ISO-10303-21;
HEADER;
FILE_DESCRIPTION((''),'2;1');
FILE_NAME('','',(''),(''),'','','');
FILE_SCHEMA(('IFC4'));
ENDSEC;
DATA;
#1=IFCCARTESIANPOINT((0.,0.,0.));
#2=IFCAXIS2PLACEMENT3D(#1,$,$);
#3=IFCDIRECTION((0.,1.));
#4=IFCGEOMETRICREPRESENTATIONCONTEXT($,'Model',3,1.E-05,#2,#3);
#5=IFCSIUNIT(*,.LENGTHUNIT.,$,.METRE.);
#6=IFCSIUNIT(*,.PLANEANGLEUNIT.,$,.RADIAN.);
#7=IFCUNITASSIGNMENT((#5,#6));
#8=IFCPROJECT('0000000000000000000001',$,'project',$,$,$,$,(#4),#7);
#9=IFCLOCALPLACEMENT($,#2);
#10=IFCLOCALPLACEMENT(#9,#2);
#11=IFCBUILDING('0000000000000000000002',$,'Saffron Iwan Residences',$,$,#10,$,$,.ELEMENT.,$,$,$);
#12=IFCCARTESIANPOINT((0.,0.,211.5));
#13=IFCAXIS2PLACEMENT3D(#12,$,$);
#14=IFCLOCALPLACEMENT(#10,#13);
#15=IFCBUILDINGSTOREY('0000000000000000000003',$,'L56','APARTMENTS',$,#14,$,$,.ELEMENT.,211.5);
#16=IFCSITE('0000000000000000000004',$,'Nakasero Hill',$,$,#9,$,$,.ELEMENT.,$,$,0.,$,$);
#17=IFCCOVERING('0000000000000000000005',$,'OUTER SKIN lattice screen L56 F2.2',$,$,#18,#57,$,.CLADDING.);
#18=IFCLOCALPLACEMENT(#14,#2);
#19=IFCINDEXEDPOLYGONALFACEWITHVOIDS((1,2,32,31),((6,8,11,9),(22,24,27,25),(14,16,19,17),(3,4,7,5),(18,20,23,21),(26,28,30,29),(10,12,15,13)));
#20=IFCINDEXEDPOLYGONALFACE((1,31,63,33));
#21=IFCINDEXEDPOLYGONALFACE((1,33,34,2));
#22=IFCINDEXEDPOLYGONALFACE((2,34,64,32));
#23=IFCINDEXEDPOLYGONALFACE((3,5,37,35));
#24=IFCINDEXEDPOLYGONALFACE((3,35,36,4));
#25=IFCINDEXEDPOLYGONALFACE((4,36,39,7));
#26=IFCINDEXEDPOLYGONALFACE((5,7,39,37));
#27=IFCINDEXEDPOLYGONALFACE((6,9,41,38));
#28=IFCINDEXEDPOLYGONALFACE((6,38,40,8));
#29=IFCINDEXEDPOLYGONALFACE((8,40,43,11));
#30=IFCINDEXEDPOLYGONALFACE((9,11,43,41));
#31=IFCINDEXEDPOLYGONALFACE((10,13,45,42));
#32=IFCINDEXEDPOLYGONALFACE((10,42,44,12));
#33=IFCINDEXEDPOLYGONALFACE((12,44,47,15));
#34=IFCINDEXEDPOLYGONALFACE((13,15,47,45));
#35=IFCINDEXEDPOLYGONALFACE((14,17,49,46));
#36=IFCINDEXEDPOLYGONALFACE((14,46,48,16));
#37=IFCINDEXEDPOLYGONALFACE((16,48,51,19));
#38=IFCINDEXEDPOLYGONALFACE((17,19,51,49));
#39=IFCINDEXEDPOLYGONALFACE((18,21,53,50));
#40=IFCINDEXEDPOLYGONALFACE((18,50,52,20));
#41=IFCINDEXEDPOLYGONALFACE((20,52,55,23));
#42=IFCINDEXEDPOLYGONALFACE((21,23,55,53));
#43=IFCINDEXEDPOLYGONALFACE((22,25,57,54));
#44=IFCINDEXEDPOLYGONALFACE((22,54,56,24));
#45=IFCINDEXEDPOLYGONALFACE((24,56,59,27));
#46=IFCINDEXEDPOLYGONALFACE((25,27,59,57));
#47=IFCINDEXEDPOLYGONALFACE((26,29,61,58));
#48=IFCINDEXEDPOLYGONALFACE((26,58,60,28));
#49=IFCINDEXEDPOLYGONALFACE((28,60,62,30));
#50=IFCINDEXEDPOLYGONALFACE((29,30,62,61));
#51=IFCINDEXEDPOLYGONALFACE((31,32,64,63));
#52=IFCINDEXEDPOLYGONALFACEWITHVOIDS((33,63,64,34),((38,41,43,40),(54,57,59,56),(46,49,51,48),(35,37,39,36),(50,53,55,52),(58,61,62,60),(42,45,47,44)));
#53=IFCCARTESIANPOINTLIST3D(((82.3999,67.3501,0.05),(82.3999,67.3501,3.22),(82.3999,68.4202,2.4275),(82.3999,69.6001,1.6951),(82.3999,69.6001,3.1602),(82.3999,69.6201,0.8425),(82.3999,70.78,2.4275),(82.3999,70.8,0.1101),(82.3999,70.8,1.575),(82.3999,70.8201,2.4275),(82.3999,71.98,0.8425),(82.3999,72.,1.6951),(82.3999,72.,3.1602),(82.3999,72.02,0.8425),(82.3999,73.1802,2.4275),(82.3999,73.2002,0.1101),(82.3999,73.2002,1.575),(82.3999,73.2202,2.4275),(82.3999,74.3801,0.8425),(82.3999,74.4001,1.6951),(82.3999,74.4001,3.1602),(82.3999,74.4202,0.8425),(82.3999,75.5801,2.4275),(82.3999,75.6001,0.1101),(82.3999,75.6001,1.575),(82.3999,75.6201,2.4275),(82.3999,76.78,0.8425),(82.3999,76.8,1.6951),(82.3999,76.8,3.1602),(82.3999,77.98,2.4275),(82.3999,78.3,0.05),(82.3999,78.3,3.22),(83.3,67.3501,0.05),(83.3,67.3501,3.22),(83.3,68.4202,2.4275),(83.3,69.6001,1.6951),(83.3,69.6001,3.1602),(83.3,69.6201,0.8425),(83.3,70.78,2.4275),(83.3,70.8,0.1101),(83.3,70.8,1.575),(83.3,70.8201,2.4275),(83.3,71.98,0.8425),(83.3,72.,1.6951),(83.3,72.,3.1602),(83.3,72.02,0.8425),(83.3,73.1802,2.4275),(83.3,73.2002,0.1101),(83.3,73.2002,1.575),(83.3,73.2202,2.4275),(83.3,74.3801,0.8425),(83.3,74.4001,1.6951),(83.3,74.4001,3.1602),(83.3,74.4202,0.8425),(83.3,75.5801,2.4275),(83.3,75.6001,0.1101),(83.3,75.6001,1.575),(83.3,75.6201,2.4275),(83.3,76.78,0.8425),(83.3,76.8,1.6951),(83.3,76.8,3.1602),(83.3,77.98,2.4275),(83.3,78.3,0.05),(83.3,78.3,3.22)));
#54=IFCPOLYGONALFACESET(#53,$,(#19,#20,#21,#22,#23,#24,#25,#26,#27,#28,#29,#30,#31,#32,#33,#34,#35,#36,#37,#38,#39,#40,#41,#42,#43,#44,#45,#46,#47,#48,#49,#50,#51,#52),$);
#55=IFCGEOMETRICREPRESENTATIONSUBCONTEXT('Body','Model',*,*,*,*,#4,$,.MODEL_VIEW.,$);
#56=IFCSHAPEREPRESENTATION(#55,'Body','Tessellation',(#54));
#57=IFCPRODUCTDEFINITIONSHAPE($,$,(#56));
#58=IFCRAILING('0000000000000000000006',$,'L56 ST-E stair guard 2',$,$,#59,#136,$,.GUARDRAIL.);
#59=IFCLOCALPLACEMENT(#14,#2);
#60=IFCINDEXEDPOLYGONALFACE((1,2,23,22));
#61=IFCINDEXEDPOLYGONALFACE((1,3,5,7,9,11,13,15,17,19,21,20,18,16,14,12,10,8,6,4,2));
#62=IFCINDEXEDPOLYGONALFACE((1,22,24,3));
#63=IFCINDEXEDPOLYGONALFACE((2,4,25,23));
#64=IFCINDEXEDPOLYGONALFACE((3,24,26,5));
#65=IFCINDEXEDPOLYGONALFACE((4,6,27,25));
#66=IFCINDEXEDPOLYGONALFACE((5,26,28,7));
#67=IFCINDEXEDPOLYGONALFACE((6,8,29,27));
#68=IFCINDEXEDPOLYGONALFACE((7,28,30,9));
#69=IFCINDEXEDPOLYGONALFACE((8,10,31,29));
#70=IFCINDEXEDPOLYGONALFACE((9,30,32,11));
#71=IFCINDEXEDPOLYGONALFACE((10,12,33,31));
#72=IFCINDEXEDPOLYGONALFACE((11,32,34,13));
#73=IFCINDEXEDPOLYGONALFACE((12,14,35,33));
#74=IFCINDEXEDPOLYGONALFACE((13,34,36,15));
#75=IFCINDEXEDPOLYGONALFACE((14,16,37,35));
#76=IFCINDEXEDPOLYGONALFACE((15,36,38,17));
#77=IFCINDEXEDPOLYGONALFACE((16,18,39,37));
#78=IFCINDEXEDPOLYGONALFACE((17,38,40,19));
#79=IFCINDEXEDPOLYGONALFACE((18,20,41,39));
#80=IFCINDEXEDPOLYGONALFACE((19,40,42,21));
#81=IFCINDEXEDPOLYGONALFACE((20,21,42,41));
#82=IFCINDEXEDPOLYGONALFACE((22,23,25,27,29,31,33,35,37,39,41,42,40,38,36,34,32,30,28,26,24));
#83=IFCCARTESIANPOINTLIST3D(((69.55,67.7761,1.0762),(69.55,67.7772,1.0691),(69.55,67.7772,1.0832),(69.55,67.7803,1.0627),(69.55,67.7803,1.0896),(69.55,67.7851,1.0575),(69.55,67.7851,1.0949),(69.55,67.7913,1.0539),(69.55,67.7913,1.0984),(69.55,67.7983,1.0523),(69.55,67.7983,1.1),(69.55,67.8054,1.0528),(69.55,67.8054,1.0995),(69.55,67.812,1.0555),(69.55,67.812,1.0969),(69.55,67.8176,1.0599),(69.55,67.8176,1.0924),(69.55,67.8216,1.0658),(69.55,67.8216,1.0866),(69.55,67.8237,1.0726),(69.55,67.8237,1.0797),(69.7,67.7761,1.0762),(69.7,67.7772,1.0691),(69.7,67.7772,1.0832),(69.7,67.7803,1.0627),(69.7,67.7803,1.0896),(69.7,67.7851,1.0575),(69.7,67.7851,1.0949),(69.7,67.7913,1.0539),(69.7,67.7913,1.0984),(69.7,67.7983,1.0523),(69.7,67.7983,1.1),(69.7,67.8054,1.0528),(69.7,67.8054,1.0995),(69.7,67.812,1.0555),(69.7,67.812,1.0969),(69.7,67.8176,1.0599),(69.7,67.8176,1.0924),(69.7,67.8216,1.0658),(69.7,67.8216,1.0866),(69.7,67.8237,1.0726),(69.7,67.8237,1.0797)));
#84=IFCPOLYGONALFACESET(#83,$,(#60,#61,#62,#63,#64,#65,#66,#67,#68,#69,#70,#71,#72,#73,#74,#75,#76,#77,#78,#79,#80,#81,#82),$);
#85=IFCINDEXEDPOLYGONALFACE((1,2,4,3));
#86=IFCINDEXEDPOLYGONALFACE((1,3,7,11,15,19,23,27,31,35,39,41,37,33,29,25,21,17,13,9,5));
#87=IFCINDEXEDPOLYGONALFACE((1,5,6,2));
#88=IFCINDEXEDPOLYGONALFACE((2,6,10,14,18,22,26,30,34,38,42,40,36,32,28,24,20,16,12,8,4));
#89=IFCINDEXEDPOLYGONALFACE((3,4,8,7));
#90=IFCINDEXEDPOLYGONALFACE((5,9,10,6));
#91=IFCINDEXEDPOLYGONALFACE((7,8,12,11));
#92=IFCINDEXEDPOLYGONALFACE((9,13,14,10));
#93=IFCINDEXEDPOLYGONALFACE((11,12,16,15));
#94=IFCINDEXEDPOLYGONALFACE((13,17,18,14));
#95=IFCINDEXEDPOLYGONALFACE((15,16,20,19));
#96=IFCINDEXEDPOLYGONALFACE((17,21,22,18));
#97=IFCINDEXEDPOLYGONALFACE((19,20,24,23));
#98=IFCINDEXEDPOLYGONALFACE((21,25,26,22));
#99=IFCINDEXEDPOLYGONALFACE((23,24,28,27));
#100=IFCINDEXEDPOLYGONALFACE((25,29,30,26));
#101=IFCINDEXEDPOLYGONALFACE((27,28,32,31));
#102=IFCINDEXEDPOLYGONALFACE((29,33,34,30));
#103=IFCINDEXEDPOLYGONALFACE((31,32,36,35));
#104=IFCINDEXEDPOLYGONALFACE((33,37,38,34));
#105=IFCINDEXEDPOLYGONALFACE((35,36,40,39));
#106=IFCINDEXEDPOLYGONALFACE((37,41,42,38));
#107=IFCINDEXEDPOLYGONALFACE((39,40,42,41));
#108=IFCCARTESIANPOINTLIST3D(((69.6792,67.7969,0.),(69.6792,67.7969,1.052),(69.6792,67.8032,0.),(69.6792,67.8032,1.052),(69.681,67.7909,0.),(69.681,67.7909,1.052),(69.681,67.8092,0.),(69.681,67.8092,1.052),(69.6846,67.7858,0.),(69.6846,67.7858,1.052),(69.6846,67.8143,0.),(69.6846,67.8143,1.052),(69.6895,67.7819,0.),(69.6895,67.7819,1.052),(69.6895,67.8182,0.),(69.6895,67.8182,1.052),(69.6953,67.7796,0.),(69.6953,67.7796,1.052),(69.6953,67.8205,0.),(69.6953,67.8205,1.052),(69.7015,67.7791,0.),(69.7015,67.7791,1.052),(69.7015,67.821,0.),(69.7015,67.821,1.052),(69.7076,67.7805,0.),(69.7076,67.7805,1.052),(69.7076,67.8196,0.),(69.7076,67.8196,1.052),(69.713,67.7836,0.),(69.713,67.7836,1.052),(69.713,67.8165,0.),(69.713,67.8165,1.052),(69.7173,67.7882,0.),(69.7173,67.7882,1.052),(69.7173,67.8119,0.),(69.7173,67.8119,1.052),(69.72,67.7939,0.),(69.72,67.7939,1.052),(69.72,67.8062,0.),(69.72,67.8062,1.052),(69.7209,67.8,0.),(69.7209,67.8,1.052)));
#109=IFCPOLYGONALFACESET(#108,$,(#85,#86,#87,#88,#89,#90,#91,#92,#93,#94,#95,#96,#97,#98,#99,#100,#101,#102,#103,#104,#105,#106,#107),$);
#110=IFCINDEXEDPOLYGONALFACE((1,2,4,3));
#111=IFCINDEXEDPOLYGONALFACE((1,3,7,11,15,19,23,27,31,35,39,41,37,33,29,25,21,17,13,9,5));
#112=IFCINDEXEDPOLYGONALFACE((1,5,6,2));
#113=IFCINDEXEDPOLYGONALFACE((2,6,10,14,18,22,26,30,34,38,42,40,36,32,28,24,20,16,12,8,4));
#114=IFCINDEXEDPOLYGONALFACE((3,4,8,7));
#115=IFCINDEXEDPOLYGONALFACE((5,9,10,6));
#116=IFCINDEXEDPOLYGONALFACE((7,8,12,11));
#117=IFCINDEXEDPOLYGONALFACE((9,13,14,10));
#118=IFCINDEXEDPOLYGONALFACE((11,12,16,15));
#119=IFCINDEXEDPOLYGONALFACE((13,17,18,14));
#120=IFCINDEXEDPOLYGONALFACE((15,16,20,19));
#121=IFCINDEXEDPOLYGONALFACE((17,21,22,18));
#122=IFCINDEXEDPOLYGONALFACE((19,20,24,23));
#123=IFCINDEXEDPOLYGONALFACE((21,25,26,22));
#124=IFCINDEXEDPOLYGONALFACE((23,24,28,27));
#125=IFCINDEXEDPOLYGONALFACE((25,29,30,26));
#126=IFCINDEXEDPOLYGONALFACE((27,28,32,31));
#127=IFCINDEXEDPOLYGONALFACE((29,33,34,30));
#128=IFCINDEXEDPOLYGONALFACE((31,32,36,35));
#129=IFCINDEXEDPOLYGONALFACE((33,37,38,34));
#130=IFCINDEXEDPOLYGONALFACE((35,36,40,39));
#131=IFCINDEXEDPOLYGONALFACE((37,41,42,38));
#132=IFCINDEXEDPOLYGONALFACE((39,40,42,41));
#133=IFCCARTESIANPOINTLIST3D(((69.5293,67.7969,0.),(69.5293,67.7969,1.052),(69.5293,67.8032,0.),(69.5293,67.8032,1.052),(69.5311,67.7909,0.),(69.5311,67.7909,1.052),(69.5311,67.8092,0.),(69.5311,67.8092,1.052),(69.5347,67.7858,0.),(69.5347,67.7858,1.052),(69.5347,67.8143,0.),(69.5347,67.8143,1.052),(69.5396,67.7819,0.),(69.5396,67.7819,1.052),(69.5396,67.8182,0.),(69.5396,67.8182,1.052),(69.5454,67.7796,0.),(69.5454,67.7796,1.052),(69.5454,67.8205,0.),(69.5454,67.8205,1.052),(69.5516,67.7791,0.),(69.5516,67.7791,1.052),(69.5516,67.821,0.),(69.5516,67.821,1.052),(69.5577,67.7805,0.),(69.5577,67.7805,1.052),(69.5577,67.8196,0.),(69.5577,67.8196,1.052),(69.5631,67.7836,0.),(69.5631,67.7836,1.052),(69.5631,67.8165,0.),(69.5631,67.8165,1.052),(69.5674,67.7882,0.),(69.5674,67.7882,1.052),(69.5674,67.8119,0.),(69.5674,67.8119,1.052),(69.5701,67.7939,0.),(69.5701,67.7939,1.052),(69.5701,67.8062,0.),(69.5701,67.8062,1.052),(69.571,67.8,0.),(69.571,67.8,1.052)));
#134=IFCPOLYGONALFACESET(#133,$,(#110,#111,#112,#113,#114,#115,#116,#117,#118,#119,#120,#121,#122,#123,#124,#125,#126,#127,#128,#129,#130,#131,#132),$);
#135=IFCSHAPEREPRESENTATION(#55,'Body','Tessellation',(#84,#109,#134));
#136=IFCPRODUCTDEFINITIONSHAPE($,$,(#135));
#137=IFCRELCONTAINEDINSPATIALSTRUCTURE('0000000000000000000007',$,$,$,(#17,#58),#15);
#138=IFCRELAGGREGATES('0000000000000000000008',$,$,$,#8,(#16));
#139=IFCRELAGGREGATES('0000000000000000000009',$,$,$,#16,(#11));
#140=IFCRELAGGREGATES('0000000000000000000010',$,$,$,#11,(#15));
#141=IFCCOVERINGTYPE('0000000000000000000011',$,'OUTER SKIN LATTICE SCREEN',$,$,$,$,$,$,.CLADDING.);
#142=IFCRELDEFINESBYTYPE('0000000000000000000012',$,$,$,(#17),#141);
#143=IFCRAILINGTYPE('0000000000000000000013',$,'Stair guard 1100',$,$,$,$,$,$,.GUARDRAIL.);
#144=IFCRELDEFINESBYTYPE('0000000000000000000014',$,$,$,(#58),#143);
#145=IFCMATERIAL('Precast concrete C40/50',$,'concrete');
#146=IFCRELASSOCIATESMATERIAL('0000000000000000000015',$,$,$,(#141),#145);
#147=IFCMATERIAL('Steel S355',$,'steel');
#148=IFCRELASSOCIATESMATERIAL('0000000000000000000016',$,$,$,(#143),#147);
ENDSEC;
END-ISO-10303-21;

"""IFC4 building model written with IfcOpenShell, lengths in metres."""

from ifc_helpers import new_model, si_unit, direction, frame, origin, origin_2d, place, context, subcontext, project, spatial, polyline, circle, outline, extrude, material, type_object, element, save


model = new_model("IFC4")

# Units and contexts
model_context = context("Model", 3, precision=1e-05, world=origin(), true_north=direction((0.0, 1.0)))
body_context = subcontext(model_context, "Body", "Model", "MODEL_VIEW")
ifc_project = project(units=[si_unit("LENGTHUNIT", "METRE"), si_unit("PLANEANGLEUNIT", "RADIAN")], contexts=[model_context])

# Site, building, storey
site_placement = place(None, origin())
site = spatial("IfcSite", under=ifc_project, at=site_placement, Name="Nakasero Hill", CompositionType="ELEMENT", RefElevation=0.0)
building_placement = place(site_placement, origin())
building = spatial("IfcBuilding", under=site, at=building_placement, Name="Saffron Iwan Residences", CompositionType="ELEMENT")
storey_placement = place(building_placement, frame((0.0, 0.0, 211.5)))
storey = spatial("IfcBuildingStorey", under=building, at=storey_placement, Name="L56", Description="APARTMENTS", CompositionType="ELEMENT", Elevation=211.5)

# Covering
ifc_material_1 = material(Name="Precast concrete C40/50", Category="concrete")
covering_type = type_object("IfcCoveringType", Name="OUTER SKIN LATTICE SCREEN", PredefinedType="CLADDING", material=ifc_material_1)
covering_placement = place(storey_placement, frame((82.3999, 67.3501, 0.05), z_axis=(1.0, 0.0, 0.0), x_axis=(0.0, 1.0, 0.0)))
element("IfcCovering", 1, at=covering_placement, inside=storey, type_object=covering_type, Name="OUTER SKIN lattice screen L56 F2.2", PredefinedType="CLADDING", context=body_context, shape_type="SweptSolid", body=[
    extrude(outline(polyline([(0.0, 0.0), (10.95, 0.0), (10.95, 3.1699), (0.0, 3.1699), (0.0, 0.0)]), holes=[polyline([(2.27, 0.7925), (3.45, 0.0601), (4.6299, 0.7925), (3.45, 1.5249), (2.27, 0.7925)]), polyline([(4.6699, 0.7925), (5.8501, 0.0601), (7.03, 0.7925), (5.8501, 1.5249), (4.6699, 0.7925)]), polyline([(7.0701, 0.7925), (8.25, 0.0601), (9.4299, 0.7925), (8.25, 1.5249), (7.0701, 0.7925)]), polyline([(1.0701, 2.3774), (2.25, 1.645), (3.4299, 2.3774), (2.25, 3.1101), (1.0701, 2.3774)]), polyline([(3.47, 2.3774), (4.6499, 1.645), (5.8301, 2.3774), (4.6499, 3.1101), (3.47, 2.3774)]), polyline([(5.8701, 2.3774), (7.05, 1.645), (8.23, 2.3774), (7.05, 3.1101), (5.8701, 2.3774)]), polyline([(8.27, 2.3774), (9.45, 1.645), (10.6299, 2.3774), (9.45, 3.1101), (8.27, 2.3774)])]), origin(), (0.0, 0.0, 1.0), 0.9001),
])

# Railing
ifc_material_2 = material(Name="Steel S355", Category="steel")
railing_type_1 = type_object("IfcRailingType", Name="Stair guard 1100", PredefinedType="GUARDRAIL", material=ifc_material_2)
railing_1_placement = place(storey_placement, frame((69.7, 67.8, 0.0)))
element("IfcRailing", 2, at=railing_1_placement, inside=storey, type_object=railing_type_1, Name="L56 ST-E stair guard 2", PredefinedType="GUARDRAIL", context=body_context, shape_type="SweptSolid", body=[
    extrude(circle(Radius=0.0239, at=origin_2d()), frame((0.0, 0.0, 1.0762), z_axis=(-1.0, 0.0, 0.0), x_axis=(0.0, -1.0, 0.0)), (0.0, 0.0, 1.0), 0.1499),
    extrude(circle(Radius=0.021, at=origin_2d()), origin(), (0.0, 0.0, 1.0), 1.052),
    extrude(circle(Radius=0.021, at=origin_2d()), frame((-0.1499, 0.0, 0.0)), (0.0, 0.0, 1.0), 1.052),
])

save(model, "model.ifc")
